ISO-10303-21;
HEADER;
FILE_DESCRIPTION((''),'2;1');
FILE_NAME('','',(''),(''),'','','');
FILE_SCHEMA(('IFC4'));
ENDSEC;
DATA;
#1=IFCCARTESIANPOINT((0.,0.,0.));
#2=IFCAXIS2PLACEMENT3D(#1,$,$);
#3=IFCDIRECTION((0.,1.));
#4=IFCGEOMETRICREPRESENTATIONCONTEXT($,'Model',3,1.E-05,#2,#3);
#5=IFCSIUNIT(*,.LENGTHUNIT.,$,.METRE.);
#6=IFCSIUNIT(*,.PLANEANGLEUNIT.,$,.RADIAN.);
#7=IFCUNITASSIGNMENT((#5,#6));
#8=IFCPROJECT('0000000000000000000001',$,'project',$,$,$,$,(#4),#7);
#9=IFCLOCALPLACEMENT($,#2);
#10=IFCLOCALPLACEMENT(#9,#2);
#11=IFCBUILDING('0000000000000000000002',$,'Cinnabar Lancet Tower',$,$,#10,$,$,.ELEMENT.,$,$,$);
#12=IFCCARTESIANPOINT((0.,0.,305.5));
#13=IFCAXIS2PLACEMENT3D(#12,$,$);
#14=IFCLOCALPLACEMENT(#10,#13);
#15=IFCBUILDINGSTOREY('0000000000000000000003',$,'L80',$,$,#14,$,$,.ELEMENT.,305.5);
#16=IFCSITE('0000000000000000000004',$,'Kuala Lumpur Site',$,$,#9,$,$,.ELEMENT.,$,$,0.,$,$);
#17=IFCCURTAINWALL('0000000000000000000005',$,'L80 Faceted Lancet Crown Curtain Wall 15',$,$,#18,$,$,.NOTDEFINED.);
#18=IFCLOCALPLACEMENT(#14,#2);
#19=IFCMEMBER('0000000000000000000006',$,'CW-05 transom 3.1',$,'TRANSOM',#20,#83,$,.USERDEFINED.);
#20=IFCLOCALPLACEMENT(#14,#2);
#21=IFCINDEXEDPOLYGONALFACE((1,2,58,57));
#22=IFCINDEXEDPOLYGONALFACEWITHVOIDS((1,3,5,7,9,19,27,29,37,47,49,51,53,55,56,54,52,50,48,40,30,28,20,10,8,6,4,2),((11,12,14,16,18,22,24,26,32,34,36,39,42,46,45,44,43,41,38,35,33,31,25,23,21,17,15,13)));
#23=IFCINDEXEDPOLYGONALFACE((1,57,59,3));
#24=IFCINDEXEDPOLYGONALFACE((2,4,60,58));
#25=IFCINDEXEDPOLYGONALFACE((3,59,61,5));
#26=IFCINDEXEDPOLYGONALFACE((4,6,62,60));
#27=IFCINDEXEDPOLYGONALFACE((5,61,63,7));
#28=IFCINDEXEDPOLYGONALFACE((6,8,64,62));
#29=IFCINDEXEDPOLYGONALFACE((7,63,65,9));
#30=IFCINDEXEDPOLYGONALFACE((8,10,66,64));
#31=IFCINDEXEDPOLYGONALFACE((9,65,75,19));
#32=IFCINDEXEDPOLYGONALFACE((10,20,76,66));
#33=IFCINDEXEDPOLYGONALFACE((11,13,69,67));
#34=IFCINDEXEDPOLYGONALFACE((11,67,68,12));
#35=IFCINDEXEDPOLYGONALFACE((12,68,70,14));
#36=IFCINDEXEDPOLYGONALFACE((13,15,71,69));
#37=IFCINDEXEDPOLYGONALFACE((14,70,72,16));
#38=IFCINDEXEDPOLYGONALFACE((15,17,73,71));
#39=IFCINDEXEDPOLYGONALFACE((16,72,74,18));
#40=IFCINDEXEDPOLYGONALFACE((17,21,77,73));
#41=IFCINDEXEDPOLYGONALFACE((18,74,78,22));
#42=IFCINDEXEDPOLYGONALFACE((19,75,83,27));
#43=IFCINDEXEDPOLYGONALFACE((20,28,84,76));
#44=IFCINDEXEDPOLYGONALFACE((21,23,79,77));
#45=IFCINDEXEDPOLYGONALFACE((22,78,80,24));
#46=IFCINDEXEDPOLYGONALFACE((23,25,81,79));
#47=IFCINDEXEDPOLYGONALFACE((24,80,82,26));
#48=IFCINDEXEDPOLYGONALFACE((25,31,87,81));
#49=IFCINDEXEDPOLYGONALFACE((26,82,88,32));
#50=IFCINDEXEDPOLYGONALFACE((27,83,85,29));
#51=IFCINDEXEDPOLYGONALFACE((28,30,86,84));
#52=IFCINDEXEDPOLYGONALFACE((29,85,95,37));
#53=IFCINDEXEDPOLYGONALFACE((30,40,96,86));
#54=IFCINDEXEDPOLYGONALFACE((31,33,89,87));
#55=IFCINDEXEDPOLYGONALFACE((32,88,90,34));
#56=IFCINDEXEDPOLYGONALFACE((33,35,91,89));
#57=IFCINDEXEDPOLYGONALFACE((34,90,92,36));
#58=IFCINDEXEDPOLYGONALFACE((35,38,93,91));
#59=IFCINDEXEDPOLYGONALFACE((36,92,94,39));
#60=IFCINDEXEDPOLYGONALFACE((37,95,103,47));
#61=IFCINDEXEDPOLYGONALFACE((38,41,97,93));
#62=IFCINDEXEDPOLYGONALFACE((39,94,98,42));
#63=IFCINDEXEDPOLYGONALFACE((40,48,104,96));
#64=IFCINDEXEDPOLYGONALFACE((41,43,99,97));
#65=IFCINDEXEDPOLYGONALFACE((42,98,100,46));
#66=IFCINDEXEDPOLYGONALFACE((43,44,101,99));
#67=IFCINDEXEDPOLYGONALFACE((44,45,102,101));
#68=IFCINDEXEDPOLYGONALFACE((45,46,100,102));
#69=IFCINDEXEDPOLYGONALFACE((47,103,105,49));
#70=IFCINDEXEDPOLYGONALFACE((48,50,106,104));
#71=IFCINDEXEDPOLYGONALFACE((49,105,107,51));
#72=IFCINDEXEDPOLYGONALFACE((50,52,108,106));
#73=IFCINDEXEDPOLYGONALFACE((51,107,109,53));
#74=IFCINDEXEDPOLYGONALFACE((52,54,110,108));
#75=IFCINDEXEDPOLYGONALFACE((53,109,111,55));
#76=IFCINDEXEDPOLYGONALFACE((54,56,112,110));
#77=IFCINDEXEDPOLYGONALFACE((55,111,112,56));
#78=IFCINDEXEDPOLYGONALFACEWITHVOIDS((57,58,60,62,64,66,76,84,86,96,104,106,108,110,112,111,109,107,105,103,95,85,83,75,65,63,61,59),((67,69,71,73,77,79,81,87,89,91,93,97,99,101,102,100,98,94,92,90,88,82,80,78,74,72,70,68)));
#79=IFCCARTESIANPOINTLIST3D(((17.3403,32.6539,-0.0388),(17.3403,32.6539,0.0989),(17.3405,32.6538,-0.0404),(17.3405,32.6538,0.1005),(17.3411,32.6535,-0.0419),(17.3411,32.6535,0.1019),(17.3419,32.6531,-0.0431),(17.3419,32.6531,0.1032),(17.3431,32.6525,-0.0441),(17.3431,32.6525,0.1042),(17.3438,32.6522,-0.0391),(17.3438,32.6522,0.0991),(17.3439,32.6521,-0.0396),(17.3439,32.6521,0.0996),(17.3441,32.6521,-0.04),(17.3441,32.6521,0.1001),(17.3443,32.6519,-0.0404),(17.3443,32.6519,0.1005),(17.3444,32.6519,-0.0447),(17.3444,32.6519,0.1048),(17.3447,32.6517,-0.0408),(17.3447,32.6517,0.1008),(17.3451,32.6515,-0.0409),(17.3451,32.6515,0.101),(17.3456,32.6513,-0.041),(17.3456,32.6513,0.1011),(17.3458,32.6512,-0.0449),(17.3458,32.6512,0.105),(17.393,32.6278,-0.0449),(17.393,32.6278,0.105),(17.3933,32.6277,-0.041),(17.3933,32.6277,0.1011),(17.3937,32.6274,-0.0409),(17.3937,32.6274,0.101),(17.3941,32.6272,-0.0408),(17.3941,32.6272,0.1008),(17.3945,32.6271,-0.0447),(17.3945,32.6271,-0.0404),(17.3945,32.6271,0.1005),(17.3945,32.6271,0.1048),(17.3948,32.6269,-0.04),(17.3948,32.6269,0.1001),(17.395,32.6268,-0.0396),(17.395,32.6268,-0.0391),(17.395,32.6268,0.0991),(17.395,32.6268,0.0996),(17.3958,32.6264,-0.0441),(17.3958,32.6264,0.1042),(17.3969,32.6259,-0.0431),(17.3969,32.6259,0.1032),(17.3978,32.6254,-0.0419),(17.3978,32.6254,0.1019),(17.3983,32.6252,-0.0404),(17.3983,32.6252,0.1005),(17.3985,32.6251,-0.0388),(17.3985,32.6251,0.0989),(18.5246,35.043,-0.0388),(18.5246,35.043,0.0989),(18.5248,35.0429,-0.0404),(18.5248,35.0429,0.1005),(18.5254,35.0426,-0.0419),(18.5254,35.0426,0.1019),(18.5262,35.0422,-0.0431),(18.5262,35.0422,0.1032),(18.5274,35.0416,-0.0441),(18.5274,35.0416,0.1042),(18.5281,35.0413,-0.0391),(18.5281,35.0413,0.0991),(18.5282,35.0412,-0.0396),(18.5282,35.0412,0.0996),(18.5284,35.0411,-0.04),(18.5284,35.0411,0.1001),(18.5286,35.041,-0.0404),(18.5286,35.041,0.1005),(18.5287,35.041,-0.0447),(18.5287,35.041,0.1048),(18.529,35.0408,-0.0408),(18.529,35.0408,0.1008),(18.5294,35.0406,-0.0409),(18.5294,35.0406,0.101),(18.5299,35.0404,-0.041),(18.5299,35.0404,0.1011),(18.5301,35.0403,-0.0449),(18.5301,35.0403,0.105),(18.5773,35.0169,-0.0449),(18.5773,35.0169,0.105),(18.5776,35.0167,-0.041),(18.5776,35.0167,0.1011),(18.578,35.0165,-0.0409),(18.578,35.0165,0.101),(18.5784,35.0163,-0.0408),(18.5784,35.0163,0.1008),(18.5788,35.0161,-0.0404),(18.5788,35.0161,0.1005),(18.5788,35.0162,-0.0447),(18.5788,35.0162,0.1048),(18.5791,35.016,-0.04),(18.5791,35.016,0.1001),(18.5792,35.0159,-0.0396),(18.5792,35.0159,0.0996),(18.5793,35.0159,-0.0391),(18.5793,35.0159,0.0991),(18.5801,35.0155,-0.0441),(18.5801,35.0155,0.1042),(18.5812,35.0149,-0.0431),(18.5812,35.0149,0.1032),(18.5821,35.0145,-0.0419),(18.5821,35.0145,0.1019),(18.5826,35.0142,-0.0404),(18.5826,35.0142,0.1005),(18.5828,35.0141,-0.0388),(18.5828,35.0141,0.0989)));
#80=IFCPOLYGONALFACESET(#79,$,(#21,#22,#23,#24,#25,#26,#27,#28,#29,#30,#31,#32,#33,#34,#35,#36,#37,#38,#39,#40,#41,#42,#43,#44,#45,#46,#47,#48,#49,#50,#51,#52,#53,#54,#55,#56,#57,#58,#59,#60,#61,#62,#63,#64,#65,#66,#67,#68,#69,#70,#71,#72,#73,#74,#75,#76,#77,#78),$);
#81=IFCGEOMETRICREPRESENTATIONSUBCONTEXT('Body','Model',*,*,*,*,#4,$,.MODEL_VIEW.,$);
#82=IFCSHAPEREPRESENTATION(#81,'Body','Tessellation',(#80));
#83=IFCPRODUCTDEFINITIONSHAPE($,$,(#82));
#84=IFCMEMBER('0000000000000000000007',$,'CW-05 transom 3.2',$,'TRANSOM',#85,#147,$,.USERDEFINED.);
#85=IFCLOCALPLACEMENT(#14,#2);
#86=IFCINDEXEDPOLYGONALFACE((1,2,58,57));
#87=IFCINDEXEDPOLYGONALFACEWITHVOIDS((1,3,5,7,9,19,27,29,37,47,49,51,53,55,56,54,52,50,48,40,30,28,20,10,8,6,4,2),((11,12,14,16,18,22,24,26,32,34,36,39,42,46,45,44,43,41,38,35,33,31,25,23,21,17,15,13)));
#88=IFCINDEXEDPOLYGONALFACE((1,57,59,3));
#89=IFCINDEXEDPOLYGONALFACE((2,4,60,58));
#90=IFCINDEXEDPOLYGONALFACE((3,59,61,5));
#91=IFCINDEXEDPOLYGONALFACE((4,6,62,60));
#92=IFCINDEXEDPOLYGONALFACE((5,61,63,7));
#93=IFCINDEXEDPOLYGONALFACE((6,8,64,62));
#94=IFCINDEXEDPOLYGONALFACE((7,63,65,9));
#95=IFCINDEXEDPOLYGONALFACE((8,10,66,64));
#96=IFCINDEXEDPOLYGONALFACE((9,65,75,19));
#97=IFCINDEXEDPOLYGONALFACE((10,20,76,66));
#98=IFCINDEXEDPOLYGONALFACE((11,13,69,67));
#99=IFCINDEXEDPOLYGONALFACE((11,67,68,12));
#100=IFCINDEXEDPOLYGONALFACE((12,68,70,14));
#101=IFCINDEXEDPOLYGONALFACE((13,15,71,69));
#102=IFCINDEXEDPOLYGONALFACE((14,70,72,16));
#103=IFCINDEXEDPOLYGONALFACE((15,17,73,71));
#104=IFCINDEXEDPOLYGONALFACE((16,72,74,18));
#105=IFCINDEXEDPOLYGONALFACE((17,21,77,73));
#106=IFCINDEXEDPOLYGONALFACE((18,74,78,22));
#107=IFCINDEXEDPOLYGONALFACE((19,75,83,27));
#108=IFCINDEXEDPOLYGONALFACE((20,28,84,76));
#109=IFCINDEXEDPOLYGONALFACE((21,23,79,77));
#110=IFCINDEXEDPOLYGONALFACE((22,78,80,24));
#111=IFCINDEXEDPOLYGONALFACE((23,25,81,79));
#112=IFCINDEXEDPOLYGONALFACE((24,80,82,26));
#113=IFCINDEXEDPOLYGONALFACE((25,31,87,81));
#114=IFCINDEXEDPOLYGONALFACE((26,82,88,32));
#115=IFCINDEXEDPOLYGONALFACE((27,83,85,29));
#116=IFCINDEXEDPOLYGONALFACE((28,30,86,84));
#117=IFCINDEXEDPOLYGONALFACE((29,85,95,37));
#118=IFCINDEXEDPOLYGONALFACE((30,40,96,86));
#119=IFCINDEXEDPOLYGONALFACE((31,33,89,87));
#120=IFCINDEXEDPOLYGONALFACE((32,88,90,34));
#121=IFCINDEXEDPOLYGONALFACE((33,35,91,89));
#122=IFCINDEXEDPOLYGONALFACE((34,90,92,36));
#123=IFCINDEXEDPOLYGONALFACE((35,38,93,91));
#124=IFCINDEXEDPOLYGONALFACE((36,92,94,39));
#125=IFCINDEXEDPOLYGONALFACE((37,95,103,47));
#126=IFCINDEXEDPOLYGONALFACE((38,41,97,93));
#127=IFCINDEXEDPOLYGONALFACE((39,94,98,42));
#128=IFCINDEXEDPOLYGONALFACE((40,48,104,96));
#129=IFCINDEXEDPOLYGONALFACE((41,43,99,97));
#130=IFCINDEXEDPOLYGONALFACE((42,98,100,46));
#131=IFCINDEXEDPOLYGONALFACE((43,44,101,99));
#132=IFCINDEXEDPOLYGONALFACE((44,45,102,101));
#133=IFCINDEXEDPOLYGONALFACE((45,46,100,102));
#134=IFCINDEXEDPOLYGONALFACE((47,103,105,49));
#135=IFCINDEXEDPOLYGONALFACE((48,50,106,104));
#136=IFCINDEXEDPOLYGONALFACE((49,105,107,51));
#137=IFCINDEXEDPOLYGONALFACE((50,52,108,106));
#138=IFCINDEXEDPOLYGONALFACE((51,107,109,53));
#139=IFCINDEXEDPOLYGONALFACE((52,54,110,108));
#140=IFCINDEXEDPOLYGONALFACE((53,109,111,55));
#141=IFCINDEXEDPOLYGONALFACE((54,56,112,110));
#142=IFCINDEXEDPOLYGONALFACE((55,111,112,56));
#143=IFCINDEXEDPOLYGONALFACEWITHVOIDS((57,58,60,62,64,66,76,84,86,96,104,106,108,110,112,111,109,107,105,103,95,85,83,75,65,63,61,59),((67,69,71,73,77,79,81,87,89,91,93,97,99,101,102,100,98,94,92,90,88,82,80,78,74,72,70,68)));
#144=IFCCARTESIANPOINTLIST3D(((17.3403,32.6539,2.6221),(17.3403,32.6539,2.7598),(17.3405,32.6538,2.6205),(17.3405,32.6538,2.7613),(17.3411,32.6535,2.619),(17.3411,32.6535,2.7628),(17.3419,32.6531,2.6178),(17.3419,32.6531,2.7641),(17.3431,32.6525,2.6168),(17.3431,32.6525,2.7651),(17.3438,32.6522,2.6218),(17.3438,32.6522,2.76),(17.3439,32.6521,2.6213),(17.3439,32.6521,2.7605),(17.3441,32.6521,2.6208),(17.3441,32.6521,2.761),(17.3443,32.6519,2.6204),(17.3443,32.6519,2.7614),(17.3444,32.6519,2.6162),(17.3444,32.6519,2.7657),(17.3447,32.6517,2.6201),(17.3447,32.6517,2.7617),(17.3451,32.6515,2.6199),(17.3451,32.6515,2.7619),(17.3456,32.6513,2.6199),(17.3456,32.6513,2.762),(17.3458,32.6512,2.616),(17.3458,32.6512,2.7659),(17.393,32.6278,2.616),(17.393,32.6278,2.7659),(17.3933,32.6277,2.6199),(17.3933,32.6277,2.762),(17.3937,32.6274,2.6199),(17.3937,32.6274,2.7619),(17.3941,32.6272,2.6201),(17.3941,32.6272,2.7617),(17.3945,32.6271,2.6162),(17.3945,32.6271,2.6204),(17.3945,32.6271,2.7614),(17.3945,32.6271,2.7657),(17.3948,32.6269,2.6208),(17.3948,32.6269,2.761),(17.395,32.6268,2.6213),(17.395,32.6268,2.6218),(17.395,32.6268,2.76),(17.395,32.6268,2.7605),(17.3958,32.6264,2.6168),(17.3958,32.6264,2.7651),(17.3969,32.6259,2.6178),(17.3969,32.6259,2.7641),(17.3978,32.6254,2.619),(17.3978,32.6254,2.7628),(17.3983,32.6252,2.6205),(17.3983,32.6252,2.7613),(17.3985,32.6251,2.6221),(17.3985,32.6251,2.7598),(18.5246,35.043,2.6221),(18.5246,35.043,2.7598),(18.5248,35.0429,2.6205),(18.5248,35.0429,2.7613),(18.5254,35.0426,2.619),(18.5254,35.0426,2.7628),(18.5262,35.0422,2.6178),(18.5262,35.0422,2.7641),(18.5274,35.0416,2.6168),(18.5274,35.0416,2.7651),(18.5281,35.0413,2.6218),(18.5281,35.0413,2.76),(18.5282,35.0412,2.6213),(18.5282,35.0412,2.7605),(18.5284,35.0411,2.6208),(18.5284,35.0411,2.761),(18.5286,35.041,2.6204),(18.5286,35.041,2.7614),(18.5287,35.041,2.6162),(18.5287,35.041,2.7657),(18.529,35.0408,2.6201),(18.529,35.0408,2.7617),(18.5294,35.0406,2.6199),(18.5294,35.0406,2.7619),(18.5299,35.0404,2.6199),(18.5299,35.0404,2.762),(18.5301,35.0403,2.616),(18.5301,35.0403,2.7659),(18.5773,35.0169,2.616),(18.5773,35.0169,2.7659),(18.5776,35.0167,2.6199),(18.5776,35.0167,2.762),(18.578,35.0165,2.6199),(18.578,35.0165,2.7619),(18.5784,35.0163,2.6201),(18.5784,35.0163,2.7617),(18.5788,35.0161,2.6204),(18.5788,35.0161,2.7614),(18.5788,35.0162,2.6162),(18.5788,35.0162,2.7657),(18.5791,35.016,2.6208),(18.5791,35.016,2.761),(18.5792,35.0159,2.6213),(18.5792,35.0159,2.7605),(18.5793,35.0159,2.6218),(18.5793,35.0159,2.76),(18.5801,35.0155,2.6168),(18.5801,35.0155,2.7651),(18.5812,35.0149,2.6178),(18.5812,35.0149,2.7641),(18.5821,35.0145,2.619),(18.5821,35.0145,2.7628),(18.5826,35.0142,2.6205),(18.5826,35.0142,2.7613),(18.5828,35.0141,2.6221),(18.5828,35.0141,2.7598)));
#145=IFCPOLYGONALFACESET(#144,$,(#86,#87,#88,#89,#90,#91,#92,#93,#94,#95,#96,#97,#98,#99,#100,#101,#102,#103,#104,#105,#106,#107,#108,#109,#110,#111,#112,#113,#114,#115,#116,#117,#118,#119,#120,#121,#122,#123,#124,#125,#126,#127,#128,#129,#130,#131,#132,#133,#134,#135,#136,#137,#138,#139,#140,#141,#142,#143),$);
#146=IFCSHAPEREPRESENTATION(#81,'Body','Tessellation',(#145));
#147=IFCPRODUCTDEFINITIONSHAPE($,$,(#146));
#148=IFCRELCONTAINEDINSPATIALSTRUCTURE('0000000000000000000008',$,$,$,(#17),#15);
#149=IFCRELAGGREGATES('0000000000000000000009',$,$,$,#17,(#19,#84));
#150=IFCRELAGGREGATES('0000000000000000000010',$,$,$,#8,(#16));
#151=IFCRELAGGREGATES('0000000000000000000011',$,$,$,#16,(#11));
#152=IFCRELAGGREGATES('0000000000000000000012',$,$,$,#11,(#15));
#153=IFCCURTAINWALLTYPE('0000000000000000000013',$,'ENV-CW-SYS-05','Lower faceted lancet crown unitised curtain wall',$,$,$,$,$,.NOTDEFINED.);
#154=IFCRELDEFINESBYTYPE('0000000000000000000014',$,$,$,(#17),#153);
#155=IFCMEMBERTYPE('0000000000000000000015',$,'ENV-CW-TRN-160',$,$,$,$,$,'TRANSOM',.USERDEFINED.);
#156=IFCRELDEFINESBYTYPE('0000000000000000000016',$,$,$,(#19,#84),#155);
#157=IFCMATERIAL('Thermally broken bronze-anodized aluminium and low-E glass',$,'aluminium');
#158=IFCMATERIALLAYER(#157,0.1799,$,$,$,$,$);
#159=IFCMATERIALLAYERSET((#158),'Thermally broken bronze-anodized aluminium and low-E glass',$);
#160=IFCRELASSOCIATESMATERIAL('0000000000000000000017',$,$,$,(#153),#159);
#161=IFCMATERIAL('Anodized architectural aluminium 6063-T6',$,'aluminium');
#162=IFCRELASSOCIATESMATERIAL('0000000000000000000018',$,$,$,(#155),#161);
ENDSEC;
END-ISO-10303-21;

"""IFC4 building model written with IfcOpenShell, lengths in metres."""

from ifc_helpers import new_model, si_unit, direction, frame, origin, origin_2d, place, context, subcontext, project, spatial, hollow_rectangle, extrude, material, layer, layer_set, material_profile, profile_set, type_object, element, aggregate, save


model = new_model("IFC4")

# Units and contexts
model_context = context("Model", 3, precision=1e-05, world=origin(), true_north=direction((0.0, 1.0)))
body_context = subcontext(model_context, "Body", "Model", "MODEL_VIEW")
ifc_project = project(units=[si_unit("LENGTHUNIT", "METRE"), si_unit("PLANEANGLEUNIT", "RADIAN")], contexts=[model_context])

# Site, building, storey
site_placement = place(None, origin())
site = spatial("IfcSite", under=ifc_project, at=site_placement, Name="Kuala Lumpur Site", CompositionType="ELEMENT", RefElevation=0.0)
building_placement = place(site_placement, origin())
building = spatial("IfcBuilding", under=site, at=building_placement, Name="Cinnabar Lancet Tower", CompositionType="ELEMENT")
storey_placement = place(building_placement, frame((0.0, 0.0, 305.5)))
storey = spatial("IfcBuildingStorey", under=building, at=storey_placement, Name="L80", CompositionType="ELEMENT", Elevation=305.5)

# Curtain wall, members
ifc_material_1 = material(Name="Thermally broken bronze-anodized aluminium and low-E glass", Category="aluminium")
ifc_layer_1 = layer(ifc_material_1, 0.1799)
ifc_layer_set_1 = layer_set([ifc_layer_1], Name="Thermally broken bronze-anodized aluminium and low-E glass")
curtain_wall_type = type_object("IfcCurtainWallType", Name="ENV-CW-SYS-05", Description="Lower faceted lancet crown unitised curtain wall", PredefinedType="NOTDEFINED", material=ifc_layer_set_1)
curtain_wall_placement = place(storey_placement, origin())
curtain_wall = element("IfcCurtainWall", 1, at=curtain_wall_placement, inside=storey, type_object=curtain_wall_type, Name="L80 Faceted Lancet Crown Curtain Wall 15", PredefinedType="NOTDEFINED")
ifc_material_2 = material(Name="Anodized architectural aluminium 6063-T6", Category="aluminium")
ifc_material_profile_1 = material_profile(ifc_material_2, hollow_rectangle(XDim=0.0649, YDim=0.1499, WallThickness=0.0039, InnerFilletRadius=0.002, OuterFilletRadius=0.0061, at=origin_2d()), Name="CW-TRN 150x65x4")
ifc_profile_set_1 = profile_set([ifc_material_profile_1], Name="Anodized architectural aluminium 6063-T6")
member_type_1 = type_object("IfcMemberType", Name="ENV-CW-TRN-160", ElementType="TRANSOM", PredefinedType="USERDEFINED", material=ifc_profile_set_1)
member_1_placement = place(storey_placement, frame((18.5537, 35.0286, 0.03), z_axis=(-0.444135, -0.89596, 0.0), x_axis=(0.89596, -0.444135, 0.0)))
member_1 = element("IfcMember", 2, at=member_1_placement, type_object=member_type_1, Name="CW-05 transom 3.1", ObjectType="TRANSOM", PredefinedType="USERDEFINED", context=body_context, shape_type="SweptSolid", body=[
    extrude(hollow_rectangle(XDim=0.0649, YDim=0.1499, WallThickness=0.0039, InnerFilletRadius=0.002, OuterFilletRadius=0.0061, at=origin_2d()), origin(), (0.0, 0.0, 1.0), 2.6665),
])
member_2_placement = place(storey_placement, frame((18.5537, 35.0286, 2.6909), z_axis=(-0.444135, -0.89596, 0.0), x_axis=(0.89596, -0.444135, 0.0)))
member_2 = element("IfcMember", 3, at=member_2_placement, type_object=member_type_1, Name="CW-05 transom 3.2", ObjectType="TRANSOM", PredefinedType="USERDEFINED", context=body_context, shape_type="SweptSolid", body=[
    extrude(hollow_rectangle(XDim=0.0649, YDim=0.1499, WallThickness=0.0039, InnerFilletRadius=0.002, OuterFilletRadius=0.0061, at=origin_2d()), origin(), (0.0, 0.0, 1.0), 2.6665),
])

aggregate(curtain_wall, [member_1, member_2])

save(model, "model.ifc")
